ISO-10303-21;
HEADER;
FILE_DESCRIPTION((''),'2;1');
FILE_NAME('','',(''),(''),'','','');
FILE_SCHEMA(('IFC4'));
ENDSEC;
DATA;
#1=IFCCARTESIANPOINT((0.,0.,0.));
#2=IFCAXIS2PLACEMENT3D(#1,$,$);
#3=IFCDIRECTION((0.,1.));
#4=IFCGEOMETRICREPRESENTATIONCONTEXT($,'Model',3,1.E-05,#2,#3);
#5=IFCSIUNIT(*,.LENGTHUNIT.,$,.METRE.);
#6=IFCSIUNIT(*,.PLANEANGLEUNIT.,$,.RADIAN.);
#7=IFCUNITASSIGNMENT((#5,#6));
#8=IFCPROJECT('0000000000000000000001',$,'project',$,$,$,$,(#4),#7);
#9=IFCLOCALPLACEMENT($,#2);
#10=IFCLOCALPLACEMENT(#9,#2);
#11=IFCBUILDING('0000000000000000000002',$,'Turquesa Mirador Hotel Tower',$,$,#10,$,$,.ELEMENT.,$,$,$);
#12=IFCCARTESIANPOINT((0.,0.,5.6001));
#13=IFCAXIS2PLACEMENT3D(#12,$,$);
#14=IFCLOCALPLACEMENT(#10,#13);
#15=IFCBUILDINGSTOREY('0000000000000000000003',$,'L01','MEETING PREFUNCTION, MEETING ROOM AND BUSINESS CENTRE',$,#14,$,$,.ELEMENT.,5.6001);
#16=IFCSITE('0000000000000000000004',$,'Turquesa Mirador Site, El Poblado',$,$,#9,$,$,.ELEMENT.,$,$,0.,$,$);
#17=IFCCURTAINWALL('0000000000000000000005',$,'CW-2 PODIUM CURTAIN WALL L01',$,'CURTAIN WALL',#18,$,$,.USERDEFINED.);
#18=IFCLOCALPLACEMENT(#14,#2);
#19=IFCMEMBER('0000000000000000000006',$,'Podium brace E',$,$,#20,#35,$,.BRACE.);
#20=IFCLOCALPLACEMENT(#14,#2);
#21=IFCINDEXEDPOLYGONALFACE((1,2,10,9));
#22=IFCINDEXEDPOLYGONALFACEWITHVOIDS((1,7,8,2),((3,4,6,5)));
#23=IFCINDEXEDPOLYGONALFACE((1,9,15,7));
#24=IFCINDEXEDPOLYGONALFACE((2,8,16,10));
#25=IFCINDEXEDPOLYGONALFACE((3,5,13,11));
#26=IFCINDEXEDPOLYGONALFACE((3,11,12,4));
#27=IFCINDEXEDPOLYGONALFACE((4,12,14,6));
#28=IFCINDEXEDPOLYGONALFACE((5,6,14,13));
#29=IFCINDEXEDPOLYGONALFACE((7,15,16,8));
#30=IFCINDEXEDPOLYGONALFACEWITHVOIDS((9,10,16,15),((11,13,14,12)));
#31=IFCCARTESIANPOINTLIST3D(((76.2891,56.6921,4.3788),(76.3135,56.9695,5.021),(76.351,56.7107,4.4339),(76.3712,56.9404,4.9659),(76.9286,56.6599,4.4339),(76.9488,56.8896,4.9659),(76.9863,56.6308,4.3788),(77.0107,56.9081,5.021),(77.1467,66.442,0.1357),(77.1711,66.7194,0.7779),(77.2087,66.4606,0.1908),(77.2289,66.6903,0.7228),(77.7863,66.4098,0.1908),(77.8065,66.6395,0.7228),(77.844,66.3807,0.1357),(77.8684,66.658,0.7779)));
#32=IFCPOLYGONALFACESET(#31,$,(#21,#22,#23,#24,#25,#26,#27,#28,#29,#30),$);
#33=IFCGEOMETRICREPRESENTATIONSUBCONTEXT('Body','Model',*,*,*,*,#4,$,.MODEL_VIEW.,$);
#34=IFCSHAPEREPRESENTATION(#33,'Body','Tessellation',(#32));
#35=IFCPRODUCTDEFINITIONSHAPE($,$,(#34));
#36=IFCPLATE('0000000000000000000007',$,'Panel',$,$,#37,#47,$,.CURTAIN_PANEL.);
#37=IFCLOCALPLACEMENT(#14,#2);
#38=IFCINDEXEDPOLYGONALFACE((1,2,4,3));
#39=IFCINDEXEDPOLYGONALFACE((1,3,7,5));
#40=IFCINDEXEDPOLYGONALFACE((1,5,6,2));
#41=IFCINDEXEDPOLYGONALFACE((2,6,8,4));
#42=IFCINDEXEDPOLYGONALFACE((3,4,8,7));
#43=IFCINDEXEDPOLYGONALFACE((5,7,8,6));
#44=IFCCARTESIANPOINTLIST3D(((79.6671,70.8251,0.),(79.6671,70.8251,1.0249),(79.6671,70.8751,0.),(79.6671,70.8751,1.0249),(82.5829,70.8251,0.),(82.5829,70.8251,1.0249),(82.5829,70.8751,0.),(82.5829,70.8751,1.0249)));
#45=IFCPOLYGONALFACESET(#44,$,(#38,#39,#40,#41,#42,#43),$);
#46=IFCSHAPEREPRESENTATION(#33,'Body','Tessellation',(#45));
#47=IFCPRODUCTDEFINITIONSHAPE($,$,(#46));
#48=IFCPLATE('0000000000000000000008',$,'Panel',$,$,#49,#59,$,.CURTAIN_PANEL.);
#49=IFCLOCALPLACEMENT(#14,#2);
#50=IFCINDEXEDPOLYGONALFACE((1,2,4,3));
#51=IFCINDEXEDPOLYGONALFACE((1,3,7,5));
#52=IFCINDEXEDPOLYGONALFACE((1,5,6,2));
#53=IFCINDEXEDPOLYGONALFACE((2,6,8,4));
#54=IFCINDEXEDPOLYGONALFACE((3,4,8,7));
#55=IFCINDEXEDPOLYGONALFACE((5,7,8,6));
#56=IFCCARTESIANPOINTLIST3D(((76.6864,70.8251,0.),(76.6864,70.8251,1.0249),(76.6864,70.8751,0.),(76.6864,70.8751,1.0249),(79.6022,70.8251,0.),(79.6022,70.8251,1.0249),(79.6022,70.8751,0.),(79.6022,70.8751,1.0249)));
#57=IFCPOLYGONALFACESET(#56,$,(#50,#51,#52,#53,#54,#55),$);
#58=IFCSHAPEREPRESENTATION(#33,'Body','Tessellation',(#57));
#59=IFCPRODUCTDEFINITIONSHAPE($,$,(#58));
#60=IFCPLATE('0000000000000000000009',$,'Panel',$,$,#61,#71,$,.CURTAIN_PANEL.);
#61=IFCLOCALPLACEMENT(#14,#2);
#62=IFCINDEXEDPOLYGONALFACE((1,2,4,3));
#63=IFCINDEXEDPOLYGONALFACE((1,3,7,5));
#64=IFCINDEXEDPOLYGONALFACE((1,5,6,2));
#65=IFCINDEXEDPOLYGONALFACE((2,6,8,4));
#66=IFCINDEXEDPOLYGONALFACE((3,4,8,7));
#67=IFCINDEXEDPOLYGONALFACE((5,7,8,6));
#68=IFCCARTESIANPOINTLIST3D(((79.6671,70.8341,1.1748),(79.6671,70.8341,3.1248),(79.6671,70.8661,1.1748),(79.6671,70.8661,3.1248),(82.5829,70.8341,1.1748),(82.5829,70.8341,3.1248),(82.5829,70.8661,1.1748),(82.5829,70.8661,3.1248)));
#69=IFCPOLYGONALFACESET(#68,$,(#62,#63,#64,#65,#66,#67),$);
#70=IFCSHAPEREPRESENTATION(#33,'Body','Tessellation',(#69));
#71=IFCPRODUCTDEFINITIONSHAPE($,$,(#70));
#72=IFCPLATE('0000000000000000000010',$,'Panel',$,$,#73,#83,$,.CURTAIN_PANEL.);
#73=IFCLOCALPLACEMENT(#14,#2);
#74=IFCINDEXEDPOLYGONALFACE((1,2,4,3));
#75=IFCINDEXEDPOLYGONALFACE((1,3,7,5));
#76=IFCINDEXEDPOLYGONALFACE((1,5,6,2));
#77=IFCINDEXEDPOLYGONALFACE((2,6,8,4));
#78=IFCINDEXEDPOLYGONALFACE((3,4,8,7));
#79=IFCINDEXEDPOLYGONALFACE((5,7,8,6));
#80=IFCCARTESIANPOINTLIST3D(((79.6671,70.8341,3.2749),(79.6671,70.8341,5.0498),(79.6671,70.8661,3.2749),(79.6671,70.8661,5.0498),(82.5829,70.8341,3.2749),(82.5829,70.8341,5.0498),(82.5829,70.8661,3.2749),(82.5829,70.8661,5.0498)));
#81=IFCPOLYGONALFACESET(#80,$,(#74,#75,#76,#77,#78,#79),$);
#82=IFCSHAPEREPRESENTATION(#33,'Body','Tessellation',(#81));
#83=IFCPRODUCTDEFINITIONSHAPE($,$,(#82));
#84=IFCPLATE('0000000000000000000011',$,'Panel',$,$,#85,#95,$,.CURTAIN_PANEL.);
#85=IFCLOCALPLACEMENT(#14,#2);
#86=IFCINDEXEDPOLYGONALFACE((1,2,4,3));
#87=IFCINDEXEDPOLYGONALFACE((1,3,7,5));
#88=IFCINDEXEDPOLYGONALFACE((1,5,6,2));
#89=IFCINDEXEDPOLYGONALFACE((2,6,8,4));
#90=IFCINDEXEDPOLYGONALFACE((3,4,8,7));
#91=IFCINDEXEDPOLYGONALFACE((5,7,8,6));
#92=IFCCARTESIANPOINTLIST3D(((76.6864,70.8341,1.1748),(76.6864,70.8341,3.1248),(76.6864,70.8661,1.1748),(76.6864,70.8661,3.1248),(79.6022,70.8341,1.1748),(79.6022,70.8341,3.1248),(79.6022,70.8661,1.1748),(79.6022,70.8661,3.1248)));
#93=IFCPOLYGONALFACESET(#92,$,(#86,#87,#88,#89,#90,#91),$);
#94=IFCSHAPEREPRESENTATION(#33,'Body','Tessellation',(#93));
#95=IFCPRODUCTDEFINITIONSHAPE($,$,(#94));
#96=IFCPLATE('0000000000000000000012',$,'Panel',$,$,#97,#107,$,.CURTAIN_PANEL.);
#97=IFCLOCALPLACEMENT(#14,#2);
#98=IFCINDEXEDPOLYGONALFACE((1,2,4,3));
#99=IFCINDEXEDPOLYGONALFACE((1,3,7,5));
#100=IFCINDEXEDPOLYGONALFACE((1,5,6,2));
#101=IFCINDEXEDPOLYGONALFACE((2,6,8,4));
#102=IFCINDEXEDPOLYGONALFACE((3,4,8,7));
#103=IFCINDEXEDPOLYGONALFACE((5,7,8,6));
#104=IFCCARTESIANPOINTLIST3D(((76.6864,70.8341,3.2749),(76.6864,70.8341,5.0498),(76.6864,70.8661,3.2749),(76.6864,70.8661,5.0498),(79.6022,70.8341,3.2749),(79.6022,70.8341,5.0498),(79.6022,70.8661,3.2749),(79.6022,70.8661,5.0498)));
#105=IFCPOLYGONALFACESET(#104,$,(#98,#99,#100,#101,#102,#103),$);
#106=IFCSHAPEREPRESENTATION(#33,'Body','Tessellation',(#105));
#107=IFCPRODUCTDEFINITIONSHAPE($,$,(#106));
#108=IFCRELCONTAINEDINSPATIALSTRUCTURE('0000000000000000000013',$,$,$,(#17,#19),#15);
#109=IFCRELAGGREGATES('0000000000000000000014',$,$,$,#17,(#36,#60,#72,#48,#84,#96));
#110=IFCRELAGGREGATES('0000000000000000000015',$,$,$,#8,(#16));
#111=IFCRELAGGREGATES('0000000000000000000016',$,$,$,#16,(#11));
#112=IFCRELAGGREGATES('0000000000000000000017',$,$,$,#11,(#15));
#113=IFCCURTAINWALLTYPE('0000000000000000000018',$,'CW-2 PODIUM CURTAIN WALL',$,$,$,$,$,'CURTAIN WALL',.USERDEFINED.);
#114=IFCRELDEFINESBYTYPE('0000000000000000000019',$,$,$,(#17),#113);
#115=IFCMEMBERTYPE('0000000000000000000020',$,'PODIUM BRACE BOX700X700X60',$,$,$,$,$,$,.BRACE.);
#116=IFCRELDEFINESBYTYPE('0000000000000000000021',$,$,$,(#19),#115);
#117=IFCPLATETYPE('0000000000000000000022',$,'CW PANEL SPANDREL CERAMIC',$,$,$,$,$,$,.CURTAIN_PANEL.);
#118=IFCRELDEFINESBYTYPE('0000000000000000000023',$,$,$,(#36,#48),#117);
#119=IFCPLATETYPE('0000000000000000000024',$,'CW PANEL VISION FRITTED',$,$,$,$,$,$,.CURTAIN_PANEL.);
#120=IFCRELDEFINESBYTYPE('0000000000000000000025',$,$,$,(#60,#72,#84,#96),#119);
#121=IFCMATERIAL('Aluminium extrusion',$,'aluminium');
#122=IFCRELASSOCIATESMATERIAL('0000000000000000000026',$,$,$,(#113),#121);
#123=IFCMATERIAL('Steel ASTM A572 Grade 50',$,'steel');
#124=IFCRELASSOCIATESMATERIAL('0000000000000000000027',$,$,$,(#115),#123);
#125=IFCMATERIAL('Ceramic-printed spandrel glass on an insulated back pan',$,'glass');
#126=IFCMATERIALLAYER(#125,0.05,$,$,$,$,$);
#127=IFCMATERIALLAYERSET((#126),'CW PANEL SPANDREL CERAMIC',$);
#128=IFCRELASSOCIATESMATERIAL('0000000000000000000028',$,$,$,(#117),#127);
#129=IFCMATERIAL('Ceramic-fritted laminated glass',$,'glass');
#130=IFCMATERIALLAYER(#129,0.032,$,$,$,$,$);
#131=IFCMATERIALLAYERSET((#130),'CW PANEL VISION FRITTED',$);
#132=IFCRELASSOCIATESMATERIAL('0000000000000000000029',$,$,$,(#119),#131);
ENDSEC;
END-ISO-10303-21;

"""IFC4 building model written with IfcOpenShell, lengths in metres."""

from ifc_helpers import new_model, si_unit, direction, frame, origin, origin_2d, place, context, subcontext, project, spatial, rectangle, hollow_rectangle, extrude, material, layer, layer_set, material_profile, profile_set, type_object, element, aggregate, save


model = new_model("IFC4")

# Units and contexts
model_context = context("Model", 3, precision=1e-05, world=origin(), true_north=direction((0.0, 1.0)))
body_context = subcontext(model_context, "Body", "Model", "MODEL_VIEW")
ifc_project = project(units=[si_unit("LENGTHUNIT", "METRE"), si_unit("PLANEANGLEUNIT", "RADIAN")], contexts=[model_context])

# Site, building, storey
site_placement = place(None, origin())
site = spatial("IfcSite", under=ifc_project, at=site_placement, Name="Turquesa Mirador Site, El Poblado", CompositionType="ELEMENT", RefElevation=0.0)
building_placement = place(site_placement, origin())
building = spatial("IfcBuilding", under=site, at=building_placement, Name="Turquesa Mirador Hotel Tower", CompositionType="ELEMENT")
storey_placement = place(building_placement, frame((0.0, 0.0, 5.6001)))
storey = spatial("IfcBuildingStorey", under=building, at=storey_placement, Name="L01", Description="MEETING PREFUNCTION, MEETING ROOM AND BUSINESS CENTRE", CompositionType="ELEMENT", Elevation=5.6001)

# Shared definitions
ifc_material_1 = material(Name="Aluminium extrusion", Category="aluminium")
curtain_wall_type = type_object("IfcCurtainWallType", Name="CW-2 PODIUM CURTAIN WALL", ElementType="CURTAIN WALL", PredefinedType="USERDEFINED", material=ifc_material_1)

# Curtain wall
curtain_wall_1_placement = place(storey_placement, origin())
curtain_wall_1 = element("IfcCurtainWall", 1, at=curtain_wall_1_placement, inside=storey, type_object=curtain_wall_type, Name="CW-2 PODIUM CURTAIN WALL L01", ObjectType="CURTAIN WALL", PredefinedType="USERDEFINED")

# Member
ifc_material_2 = material(Name="Steel ASTM A572 Grade 50", Category="steel")
ifc_material_profile_1 = material_profile(ifc_material_2, hollow_rectangle(XDim=0.7, YDim=0.7, WallThickness=0.0601, at=origin_2d()), Name="BOX700X700X60")
ifc_profile_set_1 = profile_set([ifc_material_profile_1], Name="Steel ASTM A572 Grade 50")
member_type_1 = type_object("IfcMemberType", Name="PODIUM BRACE BOX700X700X60", PredefinedType="BRACE", material=ifc_profile_set_1)
member_1_placement = place(storey_placement, frame((77.5076, 66.55, 0.4568), z_axis=(-0.080397, -0.913963, 0.397753), x_axis=(0.996153, -0.087627, 0.0)))
element("IfcMember", 2, at=member_1_placement, inside=storey, type_object=member_type_1, Name="Podium brace E", PredefinedType="BRACE", context=body_context, shape_type="SweptSolid", body=[
    extrude(hollow_rectangle(XDim=0.7, YDim=0.7, WallThickness=0.0601, at=origin_2d()), origin(), (0.0, 0.0, 1.0), 10.6677),
])

# Plates
ifc_material_3 = material(Name="Ceramic-printed spandrel glass on an insulated back pan", Category="glass")
ifc_layer_1 = layer(ifc_material_3, 0.05)
ifc_layer_set_1 = layer_set([ifc_layer_1], Name="CW PANEL SPANDREL CERAMIC")
plate_type_1 = type_object("IfcPlateType", Name="CW PANEL SPANDREL CERAMIC", PredefinedType="CURTAIN_PANEL", material=ifc_layer_set_1)
plate_1_placement = place(storey_placement, frame((81.125, 70.8501, 0.0), z_axis=(0.0, 0.0, 1.0), x_axis=(-1.0, 0.0, 0.0)))
plate_1 = element("IfcPlate", 3, at=plate_1_placement, type_object=plate_type_1, Name="Panel", PredefinedType="CURTAIN_PANEL", context=body_context, shape_type="SweptSolid", body=[
    extrude(rectangle(XDim=2.9158, YDim=0.05, at=origin_2d()), origin(), (0.0, 0.0, 1.0), 1.0249),
])
plate_2_placement = place(storey_placement, frame((78.1443, 70.8501, 0.0), z_axis=(0.0, 0.0, 1.0), x_axis=(-1.0, 0.0, 0.0)))
plate_2 = element("IfcPlate", 4, at=plate_2_placement, type_object=plate_type_1, Name="Panel", PredefinedType="CURTAIN_PANEL", context=body_context, shape_type="SweptSolid", body=[
    extrude(rectangle(XDim=2.9158, YDim=0.05, at=origin_2d()), origin(), (0.0, 0.0, 1.0), 1.0249),
])
ifc_material_4 = material(Name="Ceramic-fritted laminated glass", Category="glass")
ifc_layer_2 = layer(ifc_material_4, 0.032)
ifc_layer_set_2 = layer_set([ifc_layer_2], Name="CW PANEL VISION FRITTED")
plate_type_2 = type_object("IfcPlateType", Name="CW PANEL VISION FRITTED", PredefinedType="CURTAIN_PANEL", material=ifc_layer_set_2)
plate_3_placement = place(storey_placement, frame((81.125, 70.8501, 1.1748), z_axis=(0.0, 0.0, 1.0), x_axis=(-1.0, 0.0, 0.0)))
plate_3 = element("IfcPlate", 5, at=plate_3_placement, type_object=plate_type_2, Name="Panel", PredefinedType="CURTAIN_PANEL", context=body_context, shape_type="SweptSolid", body=[
    extrude(rectangle(XDim=2.9158, YDim=0.032, at=origin_2d()), origin(), (0.0, 0.0, 1.0), 1.95),
])
plate_4_placement = place(storey_placement, frame((81.125, 70.8501, 3.2749), z_axis=(0.0, 0.0, 1.0), x_axis=(-1.0, 0.0, 0.0)))
plate_4 = element("IfcPlate", 6, at=plate_4_placement, type_object=plate_type_2, Name="Panel", PredefinedType="CURTAIN_PANEL", context=body_context, shape_type="SweptSolid", body=[
    extrude(rectangle(XDim=2.9158, YDim=0.032, at=origin_2d()), origin(), (0.0, 0.0, 1.0), 1.7749),
])
plate_5_placement = place(storey_placement, frame((78.1443, 70.8501, 1.1748), z_axis=(0.0, 0.0, 1.0), x_axis=(-1.0, 0.0, 0.0)))
plate_5 = element("IfcPlate", 7, at=plate_5_placement, type_object=plate_type_2, Name="Panel", PredefinedType="CURTAIN_PANEL", context=body_context, shape_type="SweptSolid", body=[
    extrude(rectangle(XDim=2.9158, YDim=0.032, at=origin_2d()), origin(), (0.0, 0.0, 1.0), 1.95),
])
plate_6_placement = place(storey_placement, frame((78.1443, 70.8501, 3.2749), z_axis=(0.0, 0.0, 1.0), x_axis=(-1.0, 0.0, 0.0)))
plate_6 = element("IfcPlate", 8, at=plate_6_placement, type_object=plate_type_2, Name="Panel", PredefinedType="CURTAIN_PANEL", context=body_context, shape_type="SweptSolid", body=[
    extrude(rectangle(XDim=2.9158, YDim=0.032, at=origin_2d()), origin(), (0.0, 0.0, 1.0), 1.7749),
])
aggregate(curtain_wall_1, [plate_1, plate_3, plate_4, plate_2, plate_5, plate_6])

save(model, "model.ifc")
